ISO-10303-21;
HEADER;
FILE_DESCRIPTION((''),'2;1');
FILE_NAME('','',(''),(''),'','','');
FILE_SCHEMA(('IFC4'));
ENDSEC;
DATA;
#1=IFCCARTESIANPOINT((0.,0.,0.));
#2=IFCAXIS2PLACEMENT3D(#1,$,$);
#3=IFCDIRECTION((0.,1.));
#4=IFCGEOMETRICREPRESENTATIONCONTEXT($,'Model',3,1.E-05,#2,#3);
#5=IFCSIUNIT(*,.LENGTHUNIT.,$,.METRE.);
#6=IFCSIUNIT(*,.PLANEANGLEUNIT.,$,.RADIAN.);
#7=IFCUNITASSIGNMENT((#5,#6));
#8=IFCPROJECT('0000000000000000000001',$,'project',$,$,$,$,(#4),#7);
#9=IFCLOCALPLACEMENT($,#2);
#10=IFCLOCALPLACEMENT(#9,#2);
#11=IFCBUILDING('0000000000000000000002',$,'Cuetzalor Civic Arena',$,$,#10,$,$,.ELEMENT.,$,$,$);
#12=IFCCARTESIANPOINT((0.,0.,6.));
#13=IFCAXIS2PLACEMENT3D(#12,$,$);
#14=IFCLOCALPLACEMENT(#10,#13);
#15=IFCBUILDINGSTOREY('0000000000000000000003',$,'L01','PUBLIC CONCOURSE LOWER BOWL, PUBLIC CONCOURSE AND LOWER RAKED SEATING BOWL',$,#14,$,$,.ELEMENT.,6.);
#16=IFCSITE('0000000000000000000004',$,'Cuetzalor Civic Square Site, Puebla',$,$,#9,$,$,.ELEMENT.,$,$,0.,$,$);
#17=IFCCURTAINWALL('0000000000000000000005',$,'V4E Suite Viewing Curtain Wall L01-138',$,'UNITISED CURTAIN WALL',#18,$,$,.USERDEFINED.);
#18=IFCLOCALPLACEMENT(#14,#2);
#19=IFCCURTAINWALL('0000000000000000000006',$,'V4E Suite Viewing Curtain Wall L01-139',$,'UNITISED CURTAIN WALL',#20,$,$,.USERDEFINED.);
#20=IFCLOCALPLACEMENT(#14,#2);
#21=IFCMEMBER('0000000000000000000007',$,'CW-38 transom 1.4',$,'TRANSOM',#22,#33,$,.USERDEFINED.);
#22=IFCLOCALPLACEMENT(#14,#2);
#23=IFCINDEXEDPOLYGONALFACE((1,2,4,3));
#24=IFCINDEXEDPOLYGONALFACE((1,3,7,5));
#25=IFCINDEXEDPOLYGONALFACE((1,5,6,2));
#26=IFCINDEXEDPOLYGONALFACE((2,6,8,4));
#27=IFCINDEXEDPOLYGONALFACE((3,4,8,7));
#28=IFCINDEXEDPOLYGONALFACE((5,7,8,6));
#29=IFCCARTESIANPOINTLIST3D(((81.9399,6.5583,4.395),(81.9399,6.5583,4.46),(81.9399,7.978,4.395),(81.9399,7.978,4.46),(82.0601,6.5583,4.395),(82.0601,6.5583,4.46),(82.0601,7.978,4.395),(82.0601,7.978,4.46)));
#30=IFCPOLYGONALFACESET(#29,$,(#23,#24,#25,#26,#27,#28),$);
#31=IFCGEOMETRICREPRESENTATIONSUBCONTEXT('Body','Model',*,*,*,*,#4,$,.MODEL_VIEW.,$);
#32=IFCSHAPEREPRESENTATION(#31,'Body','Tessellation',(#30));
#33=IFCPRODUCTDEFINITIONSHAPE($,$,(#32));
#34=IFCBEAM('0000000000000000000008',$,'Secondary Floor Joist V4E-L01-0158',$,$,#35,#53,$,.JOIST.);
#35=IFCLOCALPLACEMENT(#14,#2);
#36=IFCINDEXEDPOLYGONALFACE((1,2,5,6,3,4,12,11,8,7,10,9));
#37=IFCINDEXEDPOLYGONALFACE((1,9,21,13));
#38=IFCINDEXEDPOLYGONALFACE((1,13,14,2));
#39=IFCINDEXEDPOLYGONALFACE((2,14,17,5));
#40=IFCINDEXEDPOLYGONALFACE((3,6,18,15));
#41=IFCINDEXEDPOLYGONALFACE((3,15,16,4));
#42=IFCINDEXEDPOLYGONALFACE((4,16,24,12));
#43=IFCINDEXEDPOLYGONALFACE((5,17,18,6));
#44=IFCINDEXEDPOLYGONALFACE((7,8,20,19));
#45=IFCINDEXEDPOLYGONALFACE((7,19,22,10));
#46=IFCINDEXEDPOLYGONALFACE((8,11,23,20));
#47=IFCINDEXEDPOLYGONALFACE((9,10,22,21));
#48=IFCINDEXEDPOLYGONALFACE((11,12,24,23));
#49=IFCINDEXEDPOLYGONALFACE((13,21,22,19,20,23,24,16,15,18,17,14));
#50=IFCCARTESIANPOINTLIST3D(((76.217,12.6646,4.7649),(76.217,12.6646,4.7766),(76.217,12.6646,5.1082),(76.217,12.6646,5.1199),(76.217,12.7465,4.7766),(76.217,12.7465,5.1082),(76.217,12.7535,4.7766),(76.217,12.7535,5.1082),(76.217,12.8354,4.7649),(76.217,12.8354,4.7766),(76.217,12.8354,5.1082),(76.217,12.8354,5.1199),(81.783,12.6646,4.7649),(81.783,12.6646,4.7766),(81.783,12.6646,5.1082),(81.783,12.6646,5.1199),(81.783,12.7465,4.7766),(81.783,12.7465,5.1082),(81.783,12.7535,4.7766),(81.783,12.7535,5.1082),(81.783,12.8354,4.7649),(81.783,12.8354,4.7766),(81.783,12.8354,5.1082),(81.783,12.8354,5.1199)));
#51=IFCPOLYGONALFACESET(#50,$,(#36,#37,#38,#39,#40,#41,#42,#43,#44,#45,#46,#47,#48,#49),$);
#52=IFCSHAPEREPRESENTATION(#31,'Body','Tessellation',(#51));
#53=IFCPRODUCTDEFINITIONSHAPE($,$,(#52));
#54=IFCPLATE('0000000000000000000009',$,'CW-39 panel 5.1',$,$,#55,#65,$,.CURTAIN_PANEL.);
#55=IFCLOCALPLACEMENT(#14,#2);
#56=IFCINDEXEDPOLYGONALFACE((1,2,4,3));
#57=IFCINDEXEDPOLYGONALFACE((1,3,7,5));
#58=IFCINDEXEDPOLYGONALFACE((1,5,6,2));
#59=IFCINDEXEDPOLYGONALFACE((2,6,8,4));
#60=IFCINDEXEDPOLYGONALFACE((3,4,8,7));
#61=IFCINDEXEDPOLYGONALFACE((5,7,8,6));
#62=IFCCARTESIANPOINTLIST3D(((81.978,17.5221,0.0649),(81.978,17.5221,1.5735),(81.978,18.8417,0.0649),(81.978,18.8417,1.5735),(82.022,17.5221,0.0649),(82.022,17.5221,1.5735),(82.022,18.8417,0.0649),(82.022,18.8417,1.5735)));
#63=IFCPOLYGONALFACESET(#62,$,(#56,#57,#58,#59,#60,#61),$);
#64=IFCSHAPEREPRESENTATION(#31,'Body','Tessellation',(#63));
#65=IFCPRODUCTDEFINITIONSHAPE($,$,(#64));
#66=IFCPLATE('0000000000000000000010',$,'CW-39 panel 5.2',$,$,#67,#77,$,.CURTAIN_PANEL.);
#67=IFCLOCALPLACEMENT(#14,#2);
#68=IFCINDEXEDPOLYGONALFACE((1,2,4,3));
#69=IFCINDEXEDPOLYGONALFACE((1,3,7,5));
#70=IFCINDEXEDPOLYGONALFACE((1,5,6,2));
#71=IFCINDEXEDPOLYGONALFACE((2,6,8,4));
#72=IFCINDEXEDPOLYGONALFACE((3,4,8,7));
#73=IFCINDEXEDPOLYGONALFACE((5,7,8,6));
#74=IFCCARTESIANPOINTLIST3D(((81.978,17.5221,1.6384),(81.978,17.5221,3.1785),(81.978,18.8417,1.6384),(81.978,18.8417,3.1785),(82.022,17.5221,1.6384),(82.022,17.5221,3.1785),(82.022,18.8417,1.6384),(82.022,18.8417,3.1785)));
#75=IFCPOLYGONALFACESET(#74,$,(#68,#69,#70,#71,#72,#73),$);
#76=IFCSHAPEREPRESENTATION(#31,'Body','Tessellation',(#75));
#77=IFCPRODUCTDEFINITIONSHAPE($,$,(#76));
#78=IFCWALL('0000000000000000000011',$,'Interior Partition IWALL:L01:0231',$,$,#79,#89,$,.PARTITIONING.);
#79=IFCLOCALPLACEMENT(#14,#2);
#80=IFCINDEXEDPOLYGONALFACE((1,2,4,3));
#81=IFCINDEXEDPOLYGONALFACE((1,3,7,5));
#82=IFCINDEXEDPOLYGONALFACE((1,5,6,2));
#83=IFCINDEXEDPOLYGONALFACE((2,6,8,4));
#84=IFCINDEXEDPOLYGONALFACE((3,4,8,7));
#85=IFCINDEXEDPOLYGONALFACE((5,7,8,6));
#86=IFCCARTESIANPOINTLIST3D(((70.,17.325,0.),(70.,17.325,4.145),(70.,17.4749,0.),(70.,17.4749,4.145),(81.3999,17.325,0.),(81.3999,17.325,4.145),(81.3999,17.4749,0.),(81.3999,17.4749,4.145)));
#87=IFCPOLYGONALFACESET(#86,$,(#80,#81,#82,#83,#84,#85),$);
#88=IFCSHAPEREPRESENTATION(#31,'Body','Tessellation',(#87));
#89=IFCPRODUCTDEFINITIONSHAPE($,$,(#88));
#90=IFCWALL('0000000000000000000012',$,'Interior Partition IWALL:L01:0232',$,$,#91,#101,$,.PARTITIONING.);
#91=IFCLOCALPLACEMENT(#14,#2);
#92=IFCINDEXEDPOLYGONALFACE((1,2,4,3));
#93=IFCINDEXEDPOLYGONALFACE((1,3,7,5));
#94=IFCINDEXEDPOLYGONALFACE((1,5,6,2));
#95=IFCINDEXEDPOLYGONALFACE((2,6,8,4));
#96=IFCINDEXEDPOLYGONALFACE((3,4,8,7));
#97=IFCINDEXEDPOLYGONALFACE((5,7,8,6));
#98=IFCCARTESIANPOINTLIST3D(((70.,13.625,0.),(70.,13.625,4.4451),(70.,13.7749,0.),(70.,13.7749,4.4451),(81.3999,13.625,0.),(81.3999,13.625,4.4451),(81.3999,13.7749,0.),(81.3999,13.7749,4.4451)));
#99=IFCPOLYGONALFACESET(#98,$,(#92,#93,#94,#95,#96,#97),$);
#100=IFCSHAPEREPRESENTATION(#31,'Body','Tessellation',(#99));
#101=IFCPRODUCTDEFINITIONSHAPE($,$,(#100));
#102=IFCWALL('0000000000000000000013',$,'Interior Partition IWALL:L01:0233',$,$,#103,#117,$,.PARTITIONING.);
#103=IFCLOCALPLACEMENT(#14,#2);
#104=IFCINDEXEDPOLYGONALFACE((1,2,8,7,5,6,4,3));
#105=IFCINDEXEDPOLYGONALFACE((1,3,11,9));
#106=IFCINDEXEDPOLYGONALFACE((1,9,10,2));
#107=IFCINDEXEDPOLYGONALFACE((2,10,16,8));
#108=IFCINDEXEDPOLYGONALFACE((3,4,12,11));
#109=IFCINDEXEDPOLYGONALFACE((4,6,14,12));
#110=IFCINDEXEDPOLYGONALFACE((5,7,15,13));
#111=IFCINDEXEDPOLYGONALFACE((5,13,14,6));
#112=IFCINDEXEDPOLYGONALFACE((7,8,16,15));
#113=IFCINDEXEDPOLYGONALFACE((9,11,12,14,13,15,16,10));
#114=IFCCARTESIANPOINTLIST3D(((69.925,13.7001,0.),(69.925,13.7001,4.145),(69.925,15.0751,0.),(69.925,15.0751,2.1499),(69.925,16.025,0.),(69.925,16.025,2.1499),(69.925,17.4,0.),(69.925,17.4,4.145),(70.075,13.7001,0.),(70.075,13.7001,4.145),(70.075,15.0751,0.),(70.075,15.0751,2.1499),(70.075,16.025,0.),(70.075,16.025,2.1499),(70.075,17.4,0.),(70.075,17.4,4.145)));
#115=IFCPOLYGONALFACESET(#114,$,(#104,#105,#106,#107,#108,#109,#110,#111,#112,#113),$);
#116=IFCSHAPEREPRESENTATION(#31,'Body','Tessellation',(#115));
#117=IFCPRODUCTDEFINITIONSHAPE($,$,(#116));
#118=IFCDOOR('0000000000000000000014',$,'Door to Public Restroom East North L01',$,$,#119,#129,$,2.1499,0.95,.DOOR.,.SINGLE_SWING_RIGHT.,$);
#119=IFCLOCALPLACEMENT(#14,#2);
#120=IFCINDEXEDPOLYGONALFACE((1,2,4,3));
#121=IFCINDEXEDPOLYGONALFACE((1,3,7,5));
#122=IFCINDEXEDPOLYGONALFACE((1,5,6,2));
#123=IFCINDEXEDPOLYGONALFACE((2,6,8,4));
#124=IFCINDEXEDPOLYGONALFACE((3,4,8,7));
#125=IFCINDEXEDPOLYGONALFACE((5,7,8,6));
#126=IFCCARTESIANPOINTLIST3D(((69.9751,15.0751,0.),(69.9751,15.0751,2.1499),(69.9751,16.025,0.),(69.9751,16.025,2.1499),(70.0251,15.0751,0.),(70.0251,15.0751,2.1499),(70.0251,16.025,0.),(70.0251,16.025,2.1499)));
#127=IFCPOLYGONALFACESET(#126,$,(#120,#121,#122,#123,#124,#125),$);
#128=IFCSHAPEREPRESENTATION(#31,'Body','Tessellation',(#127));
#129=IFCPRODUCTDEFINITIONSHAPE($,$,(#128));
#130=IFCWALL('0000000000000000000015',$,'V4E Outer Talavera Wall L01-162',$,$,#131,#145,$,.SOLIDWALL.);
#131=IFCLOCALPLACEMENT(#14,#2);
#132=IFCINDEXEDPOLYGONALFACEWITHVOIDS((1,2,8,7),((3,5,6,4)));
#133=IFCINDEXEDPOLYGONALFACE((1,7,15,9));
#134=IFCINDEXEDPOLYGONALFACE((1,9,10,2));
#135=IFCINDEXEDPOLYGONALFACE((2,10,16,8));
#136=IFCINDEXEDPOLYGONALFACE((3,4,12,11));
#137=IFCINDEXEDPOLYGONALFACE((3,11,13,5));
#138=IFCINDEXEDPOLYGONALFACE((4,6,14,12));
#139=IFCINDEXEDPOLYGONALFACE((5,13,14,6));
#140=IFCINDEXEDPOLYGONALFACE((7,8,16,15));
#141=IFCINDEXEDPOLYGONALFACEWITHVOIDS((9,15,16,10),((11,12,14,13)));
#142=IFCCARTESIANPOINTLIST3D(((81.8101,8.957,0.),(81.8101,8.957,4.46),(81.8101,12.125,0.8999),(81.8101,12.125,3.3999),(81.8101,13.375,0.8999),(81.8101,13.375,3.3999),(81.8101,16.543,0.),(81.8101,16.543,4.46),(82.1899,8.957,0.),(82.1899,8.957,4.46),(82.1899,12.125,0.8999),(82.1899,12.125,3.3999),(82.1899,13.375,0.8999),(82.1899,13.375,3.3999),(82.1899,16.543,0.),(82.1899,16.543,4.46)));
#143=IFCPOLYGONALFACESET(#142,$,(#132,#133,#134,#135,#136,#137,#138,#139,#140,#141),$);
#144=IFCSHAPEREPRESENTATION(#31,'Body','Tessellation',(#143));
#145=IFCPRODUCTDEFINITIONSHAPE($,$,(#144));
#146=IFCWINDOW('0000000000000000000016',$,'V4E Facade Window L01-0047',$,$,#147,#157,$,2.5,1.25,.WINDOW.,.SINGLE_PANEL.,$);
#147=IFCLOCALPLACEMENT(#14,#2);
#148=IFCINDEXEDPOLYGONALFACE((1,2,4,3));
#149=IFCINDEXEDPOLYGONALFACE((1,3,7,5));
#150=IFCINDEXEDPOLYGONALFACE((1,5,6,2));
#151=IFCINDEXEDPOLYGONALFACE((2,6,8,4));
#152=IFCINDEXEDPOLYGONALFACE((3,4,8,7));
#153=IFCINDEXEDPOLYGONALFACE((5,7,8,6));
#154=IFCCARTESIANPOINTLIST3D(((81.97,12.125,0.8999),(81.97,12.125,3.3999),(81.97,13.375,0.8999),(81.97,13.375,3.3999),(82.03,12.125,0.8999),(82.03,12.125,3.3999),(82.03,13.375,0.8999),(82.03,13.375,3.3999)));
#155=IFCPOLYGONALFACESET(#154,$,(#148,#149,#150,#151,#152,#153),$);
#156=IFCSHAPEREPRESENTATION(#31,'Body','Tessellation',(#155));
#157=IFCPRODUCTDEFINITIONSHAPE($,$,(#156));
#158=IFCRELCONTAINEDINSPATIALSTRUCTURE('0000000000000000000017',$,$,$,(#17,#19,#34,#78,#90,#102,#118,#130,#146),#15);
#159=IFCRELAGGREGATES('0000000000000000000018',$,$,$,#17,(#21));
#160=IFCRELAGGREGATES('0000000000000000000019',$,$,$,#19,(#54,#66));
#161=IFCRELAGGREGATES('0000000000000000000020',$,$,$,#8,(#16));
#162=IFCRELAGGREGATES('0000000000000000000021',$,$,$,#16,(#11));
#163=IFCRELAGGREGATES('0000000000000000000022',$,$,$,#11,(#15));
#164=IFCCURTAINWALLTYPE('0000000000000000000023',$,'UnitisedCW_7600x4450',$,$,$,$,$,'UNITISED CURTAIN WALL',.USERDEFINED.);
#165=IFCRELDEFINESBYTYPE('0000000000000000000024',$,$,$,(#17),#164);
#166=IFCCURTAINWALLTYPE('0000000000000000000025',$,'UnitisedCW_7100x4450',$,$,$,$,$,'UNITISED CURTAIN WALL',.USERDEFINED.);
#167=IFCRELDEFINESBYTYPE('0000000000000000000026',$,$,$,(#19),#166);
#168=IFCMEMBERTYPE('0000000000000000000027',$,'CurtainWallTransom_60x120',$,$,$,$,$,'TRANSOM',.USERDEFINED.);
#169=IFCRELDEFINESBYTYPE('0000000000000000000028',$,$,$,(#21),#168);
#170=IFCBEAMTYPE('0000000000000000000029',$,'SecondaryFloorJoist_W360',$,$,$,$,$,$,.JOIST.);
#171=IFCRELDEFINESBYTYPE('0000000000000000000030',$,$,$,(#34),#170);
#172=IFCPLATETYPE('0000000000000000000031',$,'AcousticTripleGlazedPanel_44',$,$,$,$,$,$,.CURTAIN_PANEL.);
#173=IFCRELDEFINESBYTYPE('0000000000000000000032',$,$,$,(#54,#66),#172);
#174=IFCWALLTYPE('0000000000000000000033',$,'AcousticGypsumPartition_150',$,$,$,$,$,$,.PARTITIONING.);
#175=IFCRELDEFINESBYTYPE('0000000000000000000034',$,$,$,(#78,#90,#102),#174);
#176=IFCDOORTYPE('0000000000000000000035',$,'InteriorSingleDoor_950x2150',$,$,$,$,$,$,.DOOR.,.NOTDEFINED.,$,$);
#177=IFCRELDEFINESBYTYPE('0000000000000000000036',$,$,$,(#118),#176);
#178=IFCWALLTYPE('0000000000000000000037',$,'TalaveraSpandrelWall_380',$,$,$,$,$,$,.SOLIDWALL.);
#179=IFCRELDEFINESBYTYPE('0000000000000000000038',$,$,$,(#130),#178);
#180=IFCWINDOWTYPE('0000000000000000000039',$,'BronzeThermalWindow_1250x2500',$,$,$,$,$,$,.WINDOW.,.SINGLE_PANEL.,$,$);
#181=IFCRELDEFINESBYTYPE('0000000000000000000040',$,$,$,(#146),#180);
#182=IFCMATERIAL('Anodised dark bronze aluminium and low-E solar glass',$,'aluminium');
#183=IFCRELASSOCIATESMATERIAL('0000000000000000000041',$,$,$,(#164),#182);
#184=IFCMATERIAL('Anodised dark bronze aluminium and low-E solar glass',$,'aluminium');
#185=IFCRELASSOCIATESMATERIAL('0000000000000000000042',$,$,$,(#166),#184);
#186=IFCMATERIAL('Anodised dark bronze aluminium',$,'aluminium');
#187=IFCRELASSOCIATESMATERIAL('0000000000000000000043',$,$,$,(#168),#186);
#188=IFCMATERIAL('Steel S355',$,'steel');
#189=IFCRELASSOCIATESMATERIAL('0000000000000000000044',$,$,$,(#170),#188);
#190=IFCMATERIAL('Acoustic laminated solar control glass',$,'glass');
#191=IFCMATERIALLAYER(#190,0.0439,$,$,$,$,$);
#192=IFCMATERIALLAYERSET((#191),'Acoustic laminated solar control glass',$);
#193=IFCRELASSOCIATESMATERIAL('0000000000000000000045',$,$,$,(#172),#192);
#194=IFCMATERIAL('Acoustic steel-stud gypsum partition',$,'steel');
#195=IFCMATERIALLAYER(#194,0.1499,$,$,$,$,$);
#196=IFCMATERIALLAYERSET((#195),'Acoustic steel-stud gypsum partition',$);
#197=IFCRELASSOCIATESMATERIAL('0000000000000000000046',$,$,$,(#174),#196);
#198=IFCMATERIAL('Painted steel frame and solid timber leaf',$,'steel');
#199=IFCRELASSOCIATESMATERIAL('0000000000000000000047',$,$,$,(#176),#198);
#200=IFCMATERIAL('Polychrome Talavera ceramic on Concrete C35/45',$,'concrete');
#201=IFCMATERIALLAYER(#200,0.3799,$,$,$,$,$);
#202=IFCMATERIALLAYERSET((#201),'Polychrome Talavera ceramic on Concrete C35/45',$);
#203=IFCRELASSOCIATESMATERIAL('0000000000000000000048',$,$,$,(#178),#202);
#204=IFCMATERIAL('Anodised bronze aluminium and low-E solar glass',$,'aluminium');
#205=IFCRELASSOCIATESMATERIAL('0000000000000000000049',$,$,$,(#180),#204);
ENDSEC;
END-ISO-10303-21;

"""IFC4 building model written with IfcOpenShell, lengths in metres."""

from ifc_helpers import new_model, si_unit, direction, frame, frame_2d, origin, origin_2d, place, context, subcontext, project, spatial, rectangle, i_section, extrude, material, layer, layer_set, material_profile, profile_set, type_object, element, fill, aggregate, save


model = new_model("IFC4")

# Units and contexts
model_context = context("Model", 3, precision=1e-05, world=origin(), true_north=direction((0.0, 1.0)))
body_context = subcontext(model_context, "Body", "Model", "MODEL_VIEW")
ifc_project = project(units=[si_unit("LENGTHUNIT", "METRE"), si_unit("PLANEANGLEUNIT", "RADIAN")], contexts=[model_context])

# Site, building, storey
site_placement = place(None, origin())
site = spatial("IfcSite", under=ifc_project, at=site_placement, Name="Cuetzalor Civic Square Site, Puebla", CompositionType="ELEMENT", RefElevation=0.0)
building_placement = place(site_placement, origin())
building = spatial("IfcBuilding", under=site, at=building_placement, Name="Cuetzalor Civic Arena", CompositionType="ELEMENT")
storey_placement = place(building_placement, frame((0.0, 0.0, 6.0)))
storey = spatial("IfcBuildingStorey", under=building, at=storey_placement, Name="L01", Description="PUBLIC CONCOURSE LOWER BOWL, PUBLIC CONCOURSE AND LOWER RAKED SEATING BOWL", CompositionType="ELEMENT", Elevation=6.0)

# Curtain walls
ifc_material_1 = material(Name="Anodised dark bronze aluminium and low-E solar glass", Category="aluminium")
curtain_wall_type_1 = type_object("IfcCurtainWallType", Name="UnitisedCW_7600x4450", ElementType="UNITISED CURTAIN WALL", PredefinedType="USERDEFINED", material=ifc_material_1)
curtain_wall_1_placement = place(storey_placement, origin())
curtain_wall_1 = element("IfcCurtainWall", 1, at=curtain_wall_1_placement, inside=storey, type_object=curtain_wall_type_1, Name="V4E Suite Viewing Curtain Wall L01-138", ObjectType="UNITISED CURTAIN WALL", PredefinedType="USERDEFINED")
ifc_material_2 = material(Name="Anodised dark bronze aluminium and low-E solar glass", Category="aluminium")
curtain_wall_type_2 = type_object("IfcCurtainWallType", Name="UnitisedCW_7100x4450", ElementType="UNITISED CURTAIN WALL", PredefinedType="USERDEFINED", material=ifc_material_2)
curtain_wall_2_placement = place(storey_placement, origin())
curtain_wall_2 = element("IfcCurtainWall", 2, at=curtain_wall_2_placement, inside=storey, type_object=curtain_wall_type_2, Name="V4E Suite Viewing Curtain Wall L01-139", ObjectType="UNITISED CURTAIN WALL", PredefinedType="USERDEFINED")

# Member
ifc_material_3 = material(Name="Anodised dark bronze aluminium", Category="aluminium")
ifc_material_profile_1 = material_profile(ifc_material_3, rectangle(XDim=0.1201, YDim=0.0649, at=origin_2d()), Name="ALU TRANSOM 65x120")
ifc_profile_set_1 = profile_set([ifc_material_profile_1], Name="Anodised dark bronze aluminium")
member_type_1 = type_object("IfcMemberType", Name="CurtainWallTransom_60x120", ElementType="TRANSOM", PredefinedType="USERDEFINED", material=ifc_profile_set_1)
member_1_placement = place(storey_placement, frame((82.0, 7.978, 4.4275), z_axis=(0.0, -1.0, 0.0), x_axis=(1.0, 0.0, 0.0)))
member_1 = element("IfcMember", 3, at=member_1_placement, type_object=member_type_1, Name="CW-38 transom 1.4", ObjectType="TRANSOM", PredefinedType="USERDEFINED", context=body_context, shape_type="SweptSolid", body=[
    extrude(rectangle(XDim=0.1201, YDim=0.0649, at=origin_2d()), origin(), (0.0, 0.0, 1.0), 1.4197),
])
aggregate(curtain_wall_1, [member_1])

# Beam
ifc_material_4 = material(Name="Steel S355", Category="steel")
ifc_material_profile_2 = material_profile(ifc_material_4, i_section(OverallWidth=0.1709, OverallDepth=0.355, WebThickness=0.0071, FlangeThickness=0.0117, at=origin_2d()), Name="W360x51")
ifc_profile_set_2 = profile_set([ifc_material_profile_2], Name="Steel S355")
beam_type_1 = type_object("IfcBeamType", Name="SecondaryFloorJoist_W360", PredefinedType="JOIST", material=ifc_profile_set_2)
beam_1_placement = place(storey_placement, frame((76.217, 12.75, 4.9424), z_axis=(1.0, 0.0, 0.0), x_axis=(0.0, 1.0, 0.0)))
element("IfcBeam", 4, at=beam_1_placement, inside=storey, type_object=beam_type_1, Name="Secondary Floor Joist V4E-L01-0158", PredefinedType="JOIST", context=body_context, shape_type="SweptSolid", body=[
    extrude(i_section(OverallWidth=0.1709, OverallDepth=0.355, WebThickness=0.0071, FlangeThickness=0.0117, at=origin_2d()), origin(), (0.0, 0.0, 1.0), 5.5659),
])

# Plates
ifc_material_5 = material(Name="Acoustic laminated solar control glass", Category="glass")
ifc_layer_1 = layer(ifc_material_5, 0.0439)
ifc_layer_set_1 = layer_set([ifc_layer_1], Name="Acoustic laminated solar control glass")
plate_type = type_object("IfcPlateType", Name="AcousticTripleGlazedPanel_44", PredefinedType="CURTAIN_PANEL", material=ifc_layer_set_1)
plate_1_placement = place(storey_placement, frame((82.0, 18.1819, 0.0649), z_axis=(0.0, 0.0, 1.0), x_axis=(0.0, -1.0, 0.0)))
plate_1 = element("IfcPlate", 5, at=plate_1_placement, type_object=plate_type, Name="CW-39 panel 5.1", PredefinedType="CURTAIN_PANEL", context=body_context, shape_type="SweptSolid", body=[
    extrude(rectangle(XDim=1.3196, YDim=0.0439, at=origin_2d()), origin(), (0.0, 0.0, 1.0), 1.5085),
])
plate_2_placement = place(storey_placement, frame((82.0, 18.1819, 1.6384), z_axis=(0.0, 0.0, 1.0), x_axis=(0.0, -1.0, 0.0)))
plate_2 = element("IfcPlate", 6, at=plate_2_placement, type_object=plate_type, Name="CW-39 panel 5.2", PredefinedType="CURTAIN_PANEL", context=body_context, shape_type="SweptSolid", body=[
    extrude(rectangle(XDim=1.3196, YDim=0.0439, at=origin_2d()), origin(), (0.0, 0.0, 1.0), 1.54),
])
aggregate(curtain_wall_2, [plate_1, plate_2])

# Walls
ifc_material_6 = material(Name="Acoustic steel-stud gypsum partition", Category="steel")
ifc_layer_2 = layer(ifc_material_6, 0.1499)
ifc_layer_set_2 = layer_set([ifc_layer_2], Name="Acoustic steel-stud gypsum partition")
wall_type_1 = type_object("IfcWallType", Name="AcousticGypsumPartition_150", PredefinedType="PARTITIONING", material=ifc_layer_set_2)
wall_1_placement = place(storey_placement, frame((70.0, 17.3999, 0.0), z_axis=(0.0, 0.0, 1.0), x_axis=(1.0, 0.0, 0.0)))
element("IfcWall", 7, at=wall_1_placement, inside=storey, type_object=wall_type_1, Name="Interior Partition IWALL:L01:0231", PredefinedType="PARTITIONING", context=body_context, shape_type="SweptSolid", body=[
    extrude(rectangle(XDim=11.3999, YDim=0.1499, at=frame_2d((5.7, 0.0))), origin(), (0.0, 0.0, 1.0), 4.145),
])
wall_2_placement = place(storey_placement, frame((81.3999, 13.7, 0.0), z_axis=(0.0, 0.0, 1.0), x_axis=(-1.0, 0.0, 0.0)))
element("IfcWall", 8, at=wall_2_placement, inside=storey, type_object=wall_type_1, Name="Interior Partition IWALL:L01:0232", PredefinedType="PARTITIONING", context=body_context, shape_type="SweptSolid", body=[
    extrude(rectangle(XDim=11.3999, YDim=0.1499, at=frame_2d((5.7, 0.0))), origin(), (0.0, 0.0, 1.0), 4.4451),
])

# Wall, opening, door
wall_3_placement = place(storey_placement, frame((70.0, 13.7, 0.0), z_axis=(0.0, 0.0, 1.0), x_axis=(0.0, 1.0, 0.0)))
wall_3 = element("IfcWall", 9, at=wall_3_placement, inside=storey, type_object=wall_type_1, Name="Interior Partition IWALL:L01:0233", PredefinedType="PARTITIONING", context=body_context, shape_type="SweptSolid", body=[
    extrude(rectangle(XDim=3.7, YDim=0.1499, at=frame_2d((1.8501, 0.0))), origin(), (0.0, 0.0, 1.0), 4.145),
])
opening_1_placement = place(wall_3_placement, frame((1.375, 0.0, 0.0)))
opening_1 = element("IfcOpeningElement", 10, at=opening_1_placement, cuts=wall_3, PredefinedType="OPENING", context=body_context, shape_type="SweptSolid", body=[
    extrude(rectangle(XDim=0.95, YDim=2.1499, at=frame_2d((0.4751, 1.075))), frame((0.0, 0.085, 0.0), z_axis=(0.0, -1.0, 0.0), x_axis=(1.0, 0.0, 0.0)), (0.0, 0.0, 1.0), 0.1699),
])
ifc_material_7 = material(Name="Painted steel frame and solid timber leaf", Category="steel")
door_type = type_object("IfcDoorType", Name="InteriorSingleDoor_950x2150", OperationType="NOTDEFINED", PredefinedType="DOOR", material=ifc_material_7)
door_placement = place(opening_1_placement, origin())
door = element("IfcDoor", 11, at=door_placement, inside=storey, type_object=door_type, Name="Door to Public Restroom East North L01", OperationType="SINGLE_SWING_RIGHT", OverallHeight=2.1499, OverallWidth=0.95, PredefinedType="DOOR", context=body_context, shape_type="SweptSolid", body=[
    extrude(rectangle(XDim=0.95, YDim=2.1499, at=frame_2d((0.4751, 1.075))), frame((0.0, 0.0249, 0.0), z_axis=(0.0, -1.0, 0.0), x_axis=(1.0, 0.0, 0.0)), (0.0, 0.0, 1.0), 0.05),
])
fill(opening_1, door)

# Wall, opening, window
ifc_material_8 = material(Name="Polychrome Talavera ceramic on Concrete C35/45", Category="concrete")
ifc_layer_3 = layer(ifc_material_8, 0.3799)
ifc_layer_set_3 = layer_set([ifc_layer_3], Name="Polychrome Talavera ceramic on Concrete C35/45")
wall_type_2 = type_object("IfcWallType", Name="TalaveraSpandrelWall_380", PredefinedType="SOLIDWALL", material=ifc_layer_set_3)
wall_4_placement = place(storey_placement, frame((82.0, 16.543, 0.0), z_axis=(0.0, 0.0, 1.0), x_axis=(0.0, -1.0, 0.0)))
wall_4 = element("IfcWall", 12, at=wall_4_placement, inside=storey, type_object=wall_type_2, Name="V4E Outer Talavera Wall L01-162", PredefinedType="SOLIDWALL", context=body_context, shape_type="SweptSolid", body=[
    extrude(rectangle(XDim=7.5859, YDim=0.3799, at=frame_2d((3.793, 0.0))), origin(), (0.0, 0.0, 1.0), 4.46),
])
opening_2_placement = place(wall_4_placement, frame((3.168, 0.0, 0.8999)))
opening_2 = element("IfcOpeningElement", 13, at=opening_2_placement, cuts=wall_4, PredefinedType="OPENING", context=body_context, shape_type="SweptSolid", body=[
    extrude(rectangle(XDim=1.25, YDim=2.5, at=frame_2d((0.625, 1.25))), frame((0.0, 0.2, 0.0), z_axis=(0.0, -1.0, 0.0), x_axis=(1.0, 0.0, 0.0)), (0.0, 0.0, 1.0), 0.3999),
])
ifc_material_9 = material(Name="Anodised bronze aluminium and low-E solar glass", Category="aluminium")
window_type = type_object("IfcWindowType", Name="BronzeThermalWindow_1250x2500", PartitioningType="SINGLE_PANEL", PredefinedType="WINDOW", material=ifc_material_9)
window_placement = place(opening_2_placement, origin())
window = element("IfcWindow", 14, at=window_placement, inside=storey, type_object=window_type, Name="V4E Facade Window L01-0047", OverallHeight=2.5, OverallWidth=1.25, PartitioningType="SINGLE_PANEL", PredefinedType="WINDOW", context=body_context, shape_type="SweptSolid", body=[
    extrude(rectangle(XDim=1.25, YDim=2.5, at=frame_2d((0.625, 1.25))), frame((0.0, 0.03, 0.0), z_axis=(0.0, -1.0, 0.0), x_axis=(1.0, 0.0, 0.0)), (0.0, 0.0, 1.0), 0.0601),
])
fill(opening_2, window)

save(model, "model.ifc")
